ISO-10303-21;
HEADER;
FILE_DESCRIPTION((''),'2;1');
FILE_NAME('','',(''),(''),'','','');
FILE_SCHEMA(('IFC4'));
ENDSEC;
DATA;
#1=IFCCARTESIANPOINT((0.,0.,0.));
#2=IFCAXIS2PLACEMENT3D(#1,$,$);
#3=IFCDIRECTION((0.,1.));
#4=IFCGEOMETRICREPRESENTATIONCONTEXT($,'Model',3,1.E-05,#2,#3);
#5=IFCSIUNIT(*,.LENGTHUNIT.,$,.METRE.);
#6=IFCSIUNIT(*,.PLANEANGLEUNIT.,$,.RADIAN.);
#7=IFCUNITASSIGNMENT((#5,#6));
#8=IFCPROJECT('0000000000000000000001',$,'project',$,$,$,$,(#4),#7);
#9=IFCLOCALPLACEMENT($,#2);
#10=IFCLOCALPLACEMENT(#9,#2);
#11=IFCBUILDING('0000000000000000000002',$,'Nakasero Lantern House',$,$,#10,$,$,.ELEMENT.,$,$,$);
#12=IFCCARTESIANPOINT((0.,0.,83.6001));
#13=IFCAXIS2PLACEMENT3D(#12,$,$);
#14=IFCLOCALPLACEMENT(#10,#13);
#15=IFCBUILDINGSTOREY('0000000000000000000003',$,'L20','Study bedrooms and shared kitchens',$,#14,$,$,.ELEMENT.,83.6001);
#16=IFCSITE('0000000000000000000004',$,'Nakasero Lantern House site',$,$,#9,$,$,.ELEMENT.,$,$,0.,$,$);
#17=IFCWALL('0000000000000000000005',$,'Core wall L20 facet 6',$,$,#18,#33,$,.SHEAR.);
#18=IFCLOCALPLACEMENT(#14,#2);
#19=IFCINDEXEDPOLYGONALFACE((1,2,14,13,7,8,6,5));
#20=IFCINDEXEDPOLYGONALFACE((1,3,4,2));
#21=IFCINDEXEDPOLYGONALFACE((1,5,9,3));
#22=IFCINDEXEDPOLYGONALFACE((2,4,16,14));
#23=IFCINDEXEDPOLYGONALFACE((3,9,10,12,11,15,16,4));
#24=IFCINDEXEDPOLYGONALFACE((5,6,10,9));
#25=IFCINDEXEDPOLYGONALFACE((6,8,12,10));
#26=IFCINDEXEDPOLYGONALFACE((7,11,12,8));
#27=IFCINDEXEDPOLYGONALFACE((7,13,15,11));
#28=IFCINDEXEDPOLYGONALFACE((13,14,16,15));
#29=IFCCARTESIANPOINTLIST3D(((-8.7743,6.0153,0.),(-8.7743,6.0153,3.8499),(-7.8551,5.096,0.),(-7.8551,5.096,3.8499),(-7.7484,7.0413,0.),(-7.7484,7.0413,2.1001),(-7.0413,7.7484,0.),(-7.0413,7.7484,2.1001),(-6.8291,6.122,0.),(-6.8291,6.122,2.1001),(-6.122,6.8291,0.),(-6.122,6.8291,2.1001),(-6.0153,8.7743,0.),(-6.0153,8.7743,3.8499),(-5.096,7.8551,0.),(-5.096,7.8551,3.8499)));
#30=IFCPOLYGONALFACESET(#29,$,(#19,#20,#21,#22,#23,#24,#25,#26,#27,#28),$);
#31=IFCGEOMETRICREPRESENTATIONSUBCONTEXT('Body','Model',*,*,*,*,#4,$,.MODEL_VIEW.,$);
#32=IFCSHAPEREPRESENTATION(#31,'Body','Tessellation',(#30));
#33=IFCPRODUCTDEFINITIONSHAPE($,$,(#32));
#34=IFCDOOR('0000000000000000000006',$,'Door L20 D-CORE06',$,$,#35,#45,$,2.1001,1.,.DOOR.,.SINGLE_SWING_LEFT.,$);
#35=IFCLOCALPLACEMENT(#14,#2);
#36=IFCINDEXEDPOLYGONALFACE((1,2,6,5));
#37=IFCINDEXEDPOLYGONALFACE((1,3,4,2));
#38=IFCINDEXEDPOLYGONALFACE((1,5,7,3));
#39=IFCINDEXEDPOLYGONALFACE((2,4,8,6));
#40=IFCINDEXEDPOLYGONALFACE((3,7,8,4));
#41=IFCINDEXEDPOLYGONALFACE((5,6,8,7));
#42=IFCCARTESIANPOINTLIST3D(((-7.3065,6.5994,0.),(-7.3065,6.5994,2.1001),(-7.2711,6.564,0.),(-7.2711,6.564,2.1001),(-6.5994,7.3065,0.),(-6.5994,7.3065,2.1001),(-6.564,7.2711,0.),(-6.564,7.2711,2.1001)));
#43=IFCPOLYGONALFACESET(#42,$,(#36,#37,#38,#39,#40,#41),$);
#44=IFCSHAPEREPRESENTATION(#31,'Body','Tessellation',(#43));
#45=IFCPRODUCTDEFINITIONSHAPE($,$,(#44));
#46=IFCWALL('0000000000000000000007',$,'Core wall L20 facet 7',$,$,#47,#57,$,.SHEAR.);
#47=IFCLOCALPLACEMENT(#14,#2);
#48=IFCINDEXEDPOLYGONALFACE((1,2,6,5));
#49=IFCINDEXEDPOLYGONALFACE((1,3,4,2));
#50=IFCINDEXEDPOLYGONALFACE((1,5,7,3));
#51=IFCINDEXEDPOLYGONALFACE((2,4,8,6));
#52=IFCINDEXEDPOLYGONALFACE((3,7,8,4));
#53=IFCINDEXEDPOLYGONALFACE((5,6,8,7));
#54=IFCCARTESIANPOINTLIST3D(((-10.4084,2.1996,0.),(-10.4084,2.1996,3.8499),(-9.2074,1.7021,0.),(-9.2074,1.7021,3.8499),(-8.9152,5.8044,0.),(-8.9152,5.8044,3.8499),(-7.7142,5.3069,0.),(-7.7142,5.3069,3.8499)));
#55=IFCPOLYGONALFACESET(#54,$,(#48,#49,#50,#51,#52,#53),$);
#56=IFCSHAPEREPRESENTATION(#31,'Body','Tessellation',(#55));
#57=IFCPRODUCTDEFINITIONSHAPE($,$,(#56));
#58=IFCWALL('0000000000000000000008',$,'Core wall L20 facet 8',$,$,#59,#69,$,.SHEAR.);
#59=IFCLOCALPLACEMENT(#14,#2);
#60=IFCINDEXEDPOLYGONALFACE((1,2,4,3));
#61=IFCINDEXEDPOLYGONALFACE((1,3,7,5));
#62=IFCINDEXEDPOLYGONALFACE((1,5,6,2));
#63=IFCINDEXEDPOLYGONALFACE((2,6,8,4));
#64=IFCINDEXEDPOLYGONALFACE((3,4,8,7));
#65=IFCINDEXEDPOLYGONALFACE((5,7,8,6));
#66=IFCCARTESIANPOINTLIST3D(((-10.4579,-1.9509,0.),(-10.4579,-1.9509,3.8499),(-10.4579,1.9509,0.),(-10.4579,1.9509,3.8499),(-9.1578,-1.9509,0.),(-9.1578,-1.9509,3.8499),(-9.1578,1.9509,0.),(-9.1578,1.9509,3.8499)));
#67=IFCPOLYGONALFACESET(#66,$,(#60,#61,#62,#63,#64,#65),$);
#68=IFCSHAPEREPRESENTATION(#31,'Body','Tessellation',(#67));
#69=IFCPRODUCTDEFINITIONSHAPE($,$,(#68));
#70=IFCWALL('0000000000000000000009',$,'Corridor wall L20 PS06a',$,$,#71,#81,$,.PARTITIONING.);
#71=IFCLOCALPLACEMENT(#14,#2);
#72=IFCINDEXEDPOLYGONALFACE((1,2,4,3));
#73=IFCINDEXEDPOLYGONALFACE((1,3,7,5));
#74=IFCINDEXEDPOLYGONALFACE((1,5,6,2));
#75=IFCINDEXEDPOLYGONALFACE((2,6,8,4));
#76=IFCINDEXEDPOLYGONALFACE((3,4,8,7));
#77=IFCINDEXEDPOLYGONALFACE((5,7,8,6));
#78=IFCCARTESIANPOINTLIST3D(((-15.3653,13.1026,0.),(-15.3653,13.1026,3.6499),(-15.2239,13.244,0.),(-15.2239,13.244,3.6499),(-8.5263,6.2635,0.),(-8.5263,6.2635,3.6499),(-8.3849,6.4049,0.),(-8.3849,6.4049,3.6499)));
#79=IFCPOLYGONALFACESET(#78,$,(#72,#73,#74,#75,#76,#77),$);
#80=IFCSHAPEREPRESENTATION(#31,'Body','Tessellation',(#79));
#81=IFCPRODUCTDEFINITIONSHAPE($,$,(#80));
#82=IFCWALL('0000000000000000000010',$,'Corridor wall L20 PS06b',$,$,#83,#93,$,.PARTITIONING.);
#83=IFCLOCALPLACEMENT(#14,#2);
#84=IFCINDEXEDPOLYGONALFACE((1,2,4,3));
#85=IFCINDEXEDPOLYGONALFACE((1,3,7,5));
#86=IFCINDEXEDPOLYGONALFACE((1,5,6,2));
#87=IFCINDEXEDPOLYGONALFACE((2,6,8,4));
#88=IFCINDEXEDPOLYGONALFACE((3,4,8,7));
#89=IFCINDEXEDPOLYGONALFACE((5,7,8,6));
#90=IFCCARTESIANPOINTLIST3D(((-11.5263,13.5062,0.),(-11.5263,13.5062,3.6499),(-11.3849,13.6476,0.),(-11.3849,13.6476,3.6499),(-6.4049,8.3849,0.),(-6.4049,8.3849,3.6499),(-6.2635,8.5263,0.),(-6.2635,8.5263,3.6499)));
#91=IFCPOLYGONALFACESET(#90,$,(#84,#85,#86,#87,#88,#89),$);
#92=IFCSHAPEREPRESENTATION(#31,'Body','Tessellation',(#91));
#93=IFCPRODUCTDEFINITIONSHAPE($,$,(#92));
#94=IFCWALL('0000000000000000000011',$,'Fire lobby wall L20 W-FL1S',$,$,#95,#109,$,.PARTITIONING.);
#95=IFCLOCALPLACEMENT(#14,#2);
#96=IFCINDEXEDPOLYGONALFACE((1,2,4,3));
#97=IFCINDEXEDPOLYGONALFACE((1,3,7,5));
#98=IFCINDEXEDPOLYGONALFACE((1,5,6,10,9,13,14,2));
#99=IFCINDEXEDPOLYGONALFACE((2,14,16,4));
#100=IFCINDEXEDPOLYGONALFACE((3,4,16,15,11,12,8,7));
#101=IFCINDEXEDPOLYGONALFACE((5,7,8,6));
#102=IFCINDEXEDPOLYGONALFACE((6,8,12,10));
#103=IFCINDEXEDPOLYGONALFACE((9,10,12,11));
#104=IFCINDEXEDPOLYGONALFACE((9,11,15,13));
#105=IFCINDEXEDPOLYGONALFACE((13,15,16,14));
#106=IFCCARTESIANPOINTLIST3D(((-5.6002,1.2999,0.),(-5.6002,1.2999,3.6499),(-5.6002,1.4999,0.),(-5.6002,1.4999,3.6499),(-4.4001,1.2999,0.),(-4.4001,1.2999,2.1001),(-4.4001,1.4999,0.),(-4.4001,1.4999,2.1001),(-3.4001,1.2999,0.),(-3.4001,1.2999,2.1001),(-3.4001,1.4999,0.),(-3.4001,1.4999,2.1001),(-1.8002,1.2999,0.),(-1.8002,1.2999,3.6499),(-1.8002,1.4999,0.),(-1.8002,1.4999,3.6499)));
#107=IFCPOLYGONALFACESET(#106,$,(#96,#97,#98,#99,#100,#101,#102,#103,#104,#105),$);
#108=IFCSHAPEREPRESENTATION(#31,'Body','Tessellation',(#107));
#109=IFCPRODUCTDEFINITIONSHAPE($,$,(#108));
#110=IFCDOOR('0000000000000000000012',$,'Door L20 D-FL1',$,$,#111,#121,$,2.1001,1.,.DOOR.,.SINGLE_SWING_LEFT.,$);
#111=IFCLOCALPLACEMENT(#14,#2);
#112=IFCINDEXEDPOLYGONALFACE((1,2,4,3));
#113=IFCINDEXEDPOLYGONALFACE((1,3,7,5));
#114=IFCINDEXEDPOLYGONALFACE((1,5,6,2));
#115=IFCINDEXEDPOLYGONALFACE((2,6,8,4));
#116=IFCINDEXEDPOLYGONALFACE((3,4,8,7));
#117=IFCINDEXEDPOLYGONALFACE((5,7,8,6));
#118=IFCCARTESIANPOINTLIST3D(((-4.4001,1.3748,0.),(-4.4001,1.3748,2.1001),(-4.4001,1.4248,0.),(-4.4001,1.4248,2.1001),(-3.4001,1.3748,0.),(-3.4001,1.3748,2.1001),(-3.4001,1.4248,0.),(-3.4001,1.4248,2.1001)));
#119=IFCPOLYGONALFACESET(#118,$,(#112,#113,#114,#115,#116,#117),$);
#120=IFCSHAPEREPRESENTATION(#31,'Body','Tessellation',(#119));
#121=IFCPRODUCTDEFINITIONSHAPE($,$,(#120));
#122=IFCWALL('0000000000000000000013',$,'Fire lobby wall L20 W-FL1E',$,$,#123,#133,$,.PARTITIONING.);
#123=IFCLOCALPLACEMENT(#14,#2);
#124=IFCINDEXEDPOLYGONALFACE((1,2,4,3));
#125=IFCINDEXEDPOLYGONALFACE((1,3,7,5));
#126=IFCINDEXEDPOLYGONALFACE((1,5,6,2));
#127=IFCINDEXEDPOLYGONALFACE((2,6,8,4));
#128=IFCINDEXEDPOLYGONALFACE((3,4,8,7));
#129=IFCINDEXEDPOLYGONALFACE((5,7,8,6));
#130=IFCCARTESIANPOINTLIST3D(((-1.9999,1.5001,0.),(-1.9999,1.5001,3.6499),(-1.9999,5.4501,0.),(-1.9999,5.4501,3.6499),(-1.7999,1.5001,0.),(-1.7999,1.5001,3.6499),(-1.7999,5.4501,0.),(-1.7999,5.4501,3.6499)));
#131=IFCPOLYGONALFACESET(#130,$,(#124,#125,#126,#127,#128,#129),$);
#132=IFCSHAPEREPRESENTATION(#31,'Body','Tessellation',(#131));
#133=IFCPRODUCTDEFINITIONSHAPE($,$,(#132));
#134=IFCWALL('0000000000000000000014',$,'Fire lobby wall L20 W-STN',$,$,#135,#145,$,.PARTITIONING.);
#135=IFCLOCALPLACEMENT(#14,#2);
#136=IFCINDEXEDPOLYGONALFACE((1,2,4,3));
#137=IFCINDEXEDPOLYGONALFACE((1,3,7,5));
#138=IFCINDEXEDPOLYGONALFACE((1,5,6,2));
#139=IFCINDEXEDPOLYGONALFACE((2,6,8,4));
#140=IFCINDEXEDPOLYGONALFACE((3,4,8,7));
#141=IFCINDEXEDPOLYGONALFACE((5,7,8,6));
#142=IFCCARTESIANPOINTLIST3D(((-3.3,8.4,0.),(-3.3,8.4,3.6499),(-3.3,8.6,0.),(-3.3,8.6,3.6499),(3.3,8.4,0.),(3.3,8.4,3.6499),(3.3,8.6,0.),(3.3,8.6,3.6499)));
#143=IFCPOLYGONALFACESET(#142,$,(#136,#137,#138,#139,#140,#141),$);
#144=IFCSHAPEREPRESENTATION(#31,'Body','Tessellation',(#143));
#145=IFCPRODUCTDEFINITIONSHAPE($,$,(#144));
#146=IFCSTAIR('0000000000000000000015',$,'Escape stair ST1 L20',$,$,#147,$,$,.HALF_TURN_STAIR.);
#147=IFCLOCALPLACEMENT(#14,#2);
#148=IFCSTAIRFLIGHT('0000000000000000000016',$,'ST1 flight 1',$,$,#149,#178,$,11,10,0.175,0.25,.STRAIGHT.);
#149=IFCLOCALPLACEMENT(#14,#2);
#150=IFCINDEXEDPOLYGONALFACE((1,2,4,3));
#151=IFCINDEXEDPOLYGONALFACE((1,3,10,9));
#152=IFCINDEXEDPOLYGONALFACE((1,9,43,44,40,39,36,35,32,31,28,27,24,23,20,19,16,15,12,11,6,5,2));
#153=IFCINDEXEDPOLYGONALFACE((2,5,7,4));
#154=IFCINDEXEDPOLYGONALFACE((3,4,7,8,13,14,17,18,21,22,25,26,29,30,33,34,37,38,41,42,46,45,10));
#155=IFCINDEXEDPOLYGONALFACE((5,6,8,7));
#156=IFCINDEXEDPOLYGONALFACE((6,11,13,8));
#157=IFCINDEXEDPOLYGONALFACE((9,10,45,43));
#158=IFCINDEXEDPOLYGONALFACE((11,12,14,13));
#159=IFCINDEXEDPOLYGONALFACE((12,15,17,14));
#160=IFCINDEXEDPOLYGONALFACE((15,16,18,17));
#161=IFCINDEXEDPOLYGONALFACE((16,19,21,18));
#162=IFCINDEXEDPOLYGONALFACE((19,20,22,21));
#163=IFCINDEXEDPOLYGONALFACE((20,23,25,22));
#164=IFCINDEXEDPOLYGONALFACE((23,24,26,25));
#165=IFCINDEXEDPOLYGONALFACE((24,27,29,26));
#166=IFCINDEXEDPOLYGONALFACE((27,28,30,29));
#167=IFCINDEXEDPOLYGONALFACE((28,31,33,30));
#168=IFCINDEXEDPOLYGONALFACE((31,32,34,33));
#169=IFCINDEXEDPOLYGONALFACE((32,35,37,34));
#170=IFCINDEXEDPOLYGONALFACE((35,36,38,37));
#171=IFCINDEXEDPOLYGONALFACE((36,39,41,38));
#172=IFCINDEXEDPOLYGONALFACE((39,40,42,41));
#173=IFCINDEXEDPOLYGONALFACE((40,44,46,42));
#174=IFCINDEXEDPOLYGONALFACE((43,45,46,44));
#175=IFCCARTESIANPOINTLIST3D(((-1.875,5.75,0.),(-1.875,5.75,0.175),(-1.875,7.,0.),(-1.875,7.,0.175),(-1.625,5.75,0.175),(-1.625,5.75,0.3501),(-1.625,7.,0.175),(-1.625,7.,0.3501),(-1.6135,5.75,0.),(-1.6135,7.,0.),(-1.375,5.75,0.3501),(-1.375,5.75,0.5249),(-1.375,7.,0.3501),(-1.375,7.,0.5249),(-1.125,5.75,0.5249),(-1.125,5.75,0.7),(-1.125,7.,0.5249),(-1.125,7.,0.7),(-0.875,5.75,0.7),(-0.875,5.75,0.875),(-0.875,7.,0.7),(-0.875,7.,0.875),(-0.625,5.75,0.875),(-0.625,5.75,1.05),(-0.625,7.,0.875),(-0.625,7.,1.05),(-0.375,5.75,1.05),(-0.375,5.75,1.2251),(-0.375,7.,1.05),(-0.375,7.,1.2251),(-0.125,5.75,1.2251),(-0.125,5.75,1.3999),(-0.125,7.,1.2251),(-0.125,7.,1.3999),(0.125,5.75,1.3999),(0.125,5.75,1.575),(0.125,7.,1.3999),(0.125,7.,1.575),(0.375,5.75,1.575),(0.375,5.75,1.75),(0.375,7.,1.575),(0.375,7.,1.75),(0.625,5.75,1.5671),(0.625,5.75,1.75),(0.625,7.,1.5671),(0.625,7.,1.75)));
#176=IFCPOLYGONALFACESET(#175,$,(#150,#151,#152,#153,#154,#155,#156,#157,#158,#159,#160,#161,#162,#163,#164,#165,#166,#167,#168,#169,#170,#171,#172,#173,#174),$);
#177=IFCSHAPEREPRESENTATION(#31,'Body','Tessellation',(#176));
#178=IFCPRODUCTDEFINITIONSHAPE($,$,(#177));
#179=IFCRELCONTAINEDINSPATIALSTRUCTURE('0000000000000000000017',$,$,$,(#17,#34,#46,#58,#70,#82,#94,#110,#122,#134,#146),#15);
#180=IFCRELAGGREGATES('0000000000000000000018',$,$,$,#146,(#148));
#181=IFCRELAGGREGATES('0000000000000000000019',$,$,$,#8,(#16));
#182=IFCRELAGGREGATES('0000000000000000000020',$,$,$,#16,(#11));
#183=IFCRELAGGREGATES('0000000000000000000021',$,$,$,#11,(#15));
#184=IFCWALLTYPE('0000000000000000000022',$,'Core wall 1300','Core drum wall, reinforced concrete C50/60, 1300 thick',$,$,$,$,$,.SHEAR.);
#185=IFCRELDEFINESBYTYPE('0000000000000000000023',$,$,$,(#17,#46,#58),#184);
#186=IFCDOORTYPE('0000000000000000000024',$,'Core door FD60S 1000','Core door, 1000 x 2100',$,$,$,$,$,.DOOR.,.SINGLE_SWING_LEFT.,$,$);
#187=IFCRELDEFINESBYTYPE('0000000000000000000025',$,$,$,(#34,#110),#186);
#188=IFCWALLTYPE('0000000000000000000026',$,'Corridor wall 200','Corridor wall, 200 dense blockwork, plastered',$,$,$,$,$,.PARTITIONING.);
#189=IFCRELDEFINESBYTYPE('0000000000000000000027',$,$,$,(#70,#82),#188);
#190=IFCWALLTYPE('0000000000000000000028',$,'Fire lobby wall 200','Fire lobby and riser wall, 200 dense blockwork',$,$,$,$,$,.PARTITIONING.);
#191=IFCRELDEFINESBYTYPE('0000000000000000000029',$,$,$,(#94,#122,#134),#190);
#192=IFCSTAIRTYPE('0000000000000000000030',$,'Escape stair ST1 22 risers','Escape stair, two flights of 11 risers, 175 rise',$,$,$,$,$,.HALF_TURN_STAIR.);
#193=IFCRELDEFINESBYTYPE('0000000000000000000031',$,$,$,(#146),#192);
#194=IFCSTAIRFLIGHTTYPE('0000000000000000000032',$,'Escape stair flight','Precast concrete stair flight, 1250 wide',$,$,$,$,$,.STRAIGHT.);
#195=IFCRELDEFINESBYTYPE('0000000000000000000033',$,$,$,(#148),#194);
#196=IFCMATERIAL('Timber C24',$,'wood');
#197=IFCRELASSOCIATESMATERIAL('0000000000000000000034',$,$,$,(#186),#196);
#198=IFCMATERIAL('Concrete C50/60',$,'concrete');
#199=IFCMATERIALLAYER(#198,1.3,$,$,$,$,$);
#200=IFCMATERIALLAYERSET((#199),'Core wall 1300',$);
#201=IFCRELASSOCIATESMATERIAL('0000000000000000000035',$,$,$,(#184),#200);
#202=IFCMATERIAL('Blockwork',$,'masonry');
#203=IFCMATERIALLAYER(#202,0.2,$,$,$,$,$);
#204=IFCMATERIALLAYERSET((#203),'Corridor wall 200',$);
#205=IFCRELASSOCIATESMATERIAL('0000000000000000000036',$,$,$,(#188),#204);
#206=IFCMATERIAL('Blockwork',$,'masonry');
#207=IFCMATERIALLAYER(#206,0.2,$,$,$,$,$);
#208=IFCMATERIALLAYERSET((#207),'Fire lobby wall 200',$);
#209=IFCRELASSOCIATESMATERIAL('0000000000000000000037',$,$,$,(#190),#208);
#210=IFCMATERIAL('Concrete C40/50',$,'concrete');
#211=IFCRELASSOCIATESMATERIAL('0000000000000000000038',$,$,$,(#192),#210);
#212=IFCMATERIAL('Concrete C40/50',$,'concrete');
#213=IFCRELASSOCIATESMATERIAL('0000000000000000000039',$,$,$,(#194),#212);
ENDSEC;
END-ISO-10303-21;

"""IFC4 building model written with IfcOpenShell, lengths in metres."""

from ifc_helpers import new_model, si_unit, direction, frame, frame_2d, origin, place, context, subcontext, project, spatial, polyline, rectangle, outline, extrude, material, layer, layer_set, type_object, element, fill, aggregate, save


model = new_model("IFC4")

# Units and contexts
model_context = context("Model", 3, precision=1e-05, world=origin(), true_north=direction((0.0, 1.0)))
body_context = subcontext(model_context, "Body", "Model", "MODEL_VIEW")
ifc_project = project(units=[si_unit("LENGTHUNIT", "METRE"), si_unit("PLANEANGLEUNIT", "RADIAN")], contexts=[model_context])

# Site, building, storey
site_placement = place(None, origin())
site = spatial("IfcSite", under=ifc_project, at=site_placement, Name="Nakasero Lantern House site", CompositionType="ELEMENT", RefElevation=0.0)
building_placement = place(site_placement, origin())
building = spatial("IfcBuilding", under=site, at=building_placement, Name="Nakasero Lantern House", CompositionType="ELEMENT")
storey_placement = place(building_placement, frame((0.0, 0.0, 83.6001)))
storey = spatial("IfcBuildingStorey", under=building, at=storey_placement, Name="L20", Description="Study bedrooms and shared kitchens", CompositionType="ELEMENT", Elevation=83.6001)

# Shared definitions
ifc_material_1 = material(Name="Timber C24", Category="wood")
door_type_1 = type_object("IfcDoorType", Name="Core door FD60S 1000", Description="Core door, 1000 x 2100", OperationType="SINGLE_SWING_LEFT", PredefinedType="DOOR", material=ifc_material_1)

# Shared definitions
ifc_material_2 = material(Name="Concrete C50/60", Category="concrete")
ifc_layer_1 = layer(ifc_material_2, 1.3)
ifc_layer_set_1 = layer_set([ifc_layer_1], Name="Core wall 1300")
wall_type_1 = type_object("IfcWallType", Name="Core wall 1300", Description="Core drum wall, reinforced concrete C50/60, 1300 thick", PredefinedType="SHEAR", material=ifc_layer_set_1)

# Wall, opening, door
wall_1_placement = place(storey_placement, frame((-5.5557, 8.3147, 0.0), z_axis=(0.0, 0.0, 1.0), x_axis=(-0.707107, -0.707107, 0.0)))
wall_1 = element("IfcWall", 1, at=wall_1_placement, inside=storey, type_object=wall_type_1, Name="Core wall L20 facet 6", PredefinedType="SHEAR", context=body_context, shape_type="SweptSolid", body=[
    extrude(rectangle(XDim=3.9019, YDim=1.3, at=frame_2d((1.9509, 0.0))), origin(), (0.0, 0.0, 1.0), 3.8499),
])
opening_1_placement = place(wall_1_placement, frame((1.4509, 0.0, 0.0)))
opening_1 = element("IfcOpeningElement", 2, at=opening_1_placement, cuts=wall_1, PredefinedType="OPENING", context=body_context, shape_type="SweptSolid", body=[
    extrude(rectangle(XDim=1.0, YDim=2.1001, at=frame_2d((0.5, 1.05))), frame((0.0, 0.6699, 0.0), z_axis=(0.0, -1.0, 0.0), x_axis=(1.0, 0.0, 0.0)), (0.0, 0.0, 1.0), 1.3401),
])
door_1_placement = place(opening_1_placement, origin())
door_1 = element("IfcDoor", 3, at=door_1_placement, inside=storey, type_object=door_type_1, Name="Door L20 D-CORE06", OperationType="SINGLE_SWING_LEFT", OverallHeight=2.1001, OverallWidth=1.0, PredefinedType="DOOR", context=body_context, shape_type="SweptSolid", body=[
    extrude(rectangle(XDim=1.0, YDim=2.1001, at=frame_2d((0.5, 1.05))), frame((0.0, 0.0249, 0.0), z_axis=(0.0, -1.0, 0.0), x_axis=(1.0, 0.0, 0.0)), (0.0, 0.0, 1.0), 0.05),
])
fill(opening_1, door_1)

# Walls
for number, where, z_axis, x_axis, name in (
    (4, (-8.3147, 5.5557, 0.0), (0.0, 0.0, 1.0), (-0.382691, -0.923877, 0.0), "Core wall L20 facet 7"),
    (5, (-9.8079, 1.9509, 0.0), (0.0, 0.0, 1.0), (0.0, -1.0, 0.0), "Core wall L20 facet 8"),
):
    element("IfcWall", number, at=place(storey_placement, frame(where, z_axis=z_axis, x_axis=x_axis)), inside=storey, type_object=wall_type_1, Name=name, PredefinedType="SHEAR", context=body_context, shape_type="SweptSolid", body=[
        extrude(rectangle(XDim=3.9019, YDim=1.3, at=frame_2d((1.9509, 0.0))), origin(), (0.0, 0.0, 1.0), 3.8499),
    ])
ifc_material_3 = material(Name="Blockwork", Category="masonry")
ifc_layer_2 = layer(ifc_material_3, 0.2)
ifc_layer_set_2 = layer_set([ifc_layer_2], Name="Corridor wall 200")
wall_type_2 = type_object("IfcWallType", Name="Corridor wall 200", Description="Corridor wall, 200 dense blockwork, plastered", PredefinedType="PARTITIONING", material=ifc_layer_set_2)
wall_2_placement = place(storey_placement, frame((-8.4556, 6.3342, 0.0), z_axis=(0.0, 0.0, 1.0), x_axis=(-0.707107, 0.707107, 0.0)))
element("IfcWall", 6, at=wall_2_placement, inside=storey, type_object=wall_type_2, Name="Corridor wall L20 PS06a", PredefinedType="PARTITIONING", context=body_context, shape_type="SweptSolid", body=[
    extrude(rectangle(XDim=9.6719, YDim=0.2, at=frame_2d((4.8359, 0.0))), origin(), (0.0, 0.0, 1.0), 3.6499),
])
wall_3_placement = place(storey_placement, frame((-6.3342, 8.4556, 0.0), z_axis=(0.0, 0.0, 1.0), x_axis=(-0.707107, 0.707107, 0.0)))
element("IfcWall", 7, at=wall_3_placement, inside=storey, type_object=wall_type_2, Name="Corridor wall L20 PS06b", PredefinedType="PARTITIONING", context=body_context, shape_type="SweptSolid", body=[
    extrude(rectangle(XDim=7.2427, YDim=0.2, at=frame_2d((3.6213, 0.0))), origin(), (0.0, 0.0, 1.0), 3.6499),
])

# Wall, opening, door
ifc_material_4 = material(Name="Blockwork", Category="masonry")
ifc_layer_3 = layer(ifc_material_4, 0.2)
ifc_layer_set_3 = layer_set([ifc_layer_3], Name="Fire lobby wall 200")
wall_type_3 = type_object("IfcWallType", Name="Fire lobby wall 200", Description="Fire lobby and riser wall, 200 dense blockwork", PredefinedType="PARTITIONING", material=ifc_layer_set_3)
wall_4_placement = place(storey_placement, frame((-5.6001, 1.3999, 0.0), z_axis=(0.0, 0.0, 1.0), x_axis=(1.0, 0.0, 0.0)))
wall_4 = element("IfcWall", 8, at=wall_4_placement, inside=storey, type_object=wall_type_3, Name="Fire lobby wall L20 W-FL1S", PredefinedType="PARTITIONING", context=body_context, shape_type="SweptSolid", body=[
    extrude(rectangle(XDim=3.8, YDim=0.2, at=frame_2d((1.8999, 0.0))), origin(), (0.0, 0.0, 1.0), 3.6499),
])
opening_2_placement = place(wall_4_placement, frame((1.2, 0.0, 0.0)))
opening_2 = element("IfcOpeningElement", 9, at=opening_2_placement, cuts=wall_4, PredefinedType="OPENING", context=body_context, shape_type="SweptSolid", body=[
    extrude(rectangle(XDim=1.0, YDim=2.1001, at=frame_2d((0.5, 1.05))), frame((0.0, 0.1199, 0.0), z_axis=(0.0, -1.0, 0.0), x_axis=(1.0, 0.0, 0.0)), (0.0, 0.0, 1.0), 0.24),
])
door_2_placement = place(opening_2_placement, origin())
door_2 = element("IfcDoor", 10, at=door_2_placement, inside=storey, type_object=door_type_1, Name="Door L20 D-FL1", OperationType="SINGLE_SWING_LEFT", OverallHeight=2.1001, OverallWidth=1.0, PredefinedType="DOOR", context=body_context, shape_type="SweptSolid", body=[
    extrude(rectangle(XDim=1.0, YDim=2.1001, at=frame_2d((0.5, 1.05))), frame((0.0, 0.0249, 0.0), z_axis=(0.0, -1.0, 0.0), x_axis=(1.0, 0.0, 0.0)), (0.0, 0.0, 1.0), 0.05),
])
fill(opening_2, door_2)

# Walls
wall_5_placement = place(storey_placement, frame((-1.8999, 1.5, 0.0), z_axis=(0.0, 0.0, 1.0), x_axis=(0.0, 1.0, 0.0)))
element("IfcWall", 11, at=wall_5_placement, inside=storey, type_object=wall_type_3, Name="Fire lobby wall L20 W-FL1E", PredefinedType="PARTITIONING", context=body_context, shape_type="SweptSolid", body=[
    extrude(rectangle(XDim=3.95, YDim=0.2, at=frame_2d((1.9751, 0.0))), origin(), (0.0, 0.0, 1.0), 3.6499),
])
wall_6_placement = place(storey_placement, frame((-3.3, 8.5, 0.0), z_axis=(0.0, 0.0, 1.0), x_axis=(1.0, 0.0, 0.0)))
element("IfcWall", 12, at=wall_6_placement, inside=storey, type_object=wall_type_3, Name="Fire lobby wall L20 W-STN", PredefinedType="PARTITIONING", context=body_context, shape_type="SweptSolid", body=[
    extrude(rectangle(XDim=6.6001, YDim=0.2, at=frame_2d((3.3, 0.0))), origin(), (0.0, 0.0, 1.0), 3.6499),
])

# Stair, stair flight
ifc_material_5 = material(Name="Concrete C40/50", Category="concrete")
stair_type = type_object("IfcStairType", Name="Escape stair ST1 22 risers", Description="Escape stair, two flights of 11 risers, 175 rise", PredefinedType="HALF_TURN_STAIR", material=ifc_material_5)
stair_placement = place(storey_placement, origin())
stair = element("IfcStair", 13, at=stair_placement, inside=storey, type_object=stair_type, Name="Escape stair ST1 L20", PredefinedType="HALF_TURN_STAIR")
ifc_material_6 = material(Name="Concrete C40/50", Category="concrete")
stair_flight_type = type_object("IfcStairFlightType", Name="Escape stair flight", Description="Precast concrete stair flight, 1250 wide", PredefinedType="STRAIGHT", material=ifc_material_6)
stair_flight_placement = place(storey_placement, frame((-1.875, 6.375, 0.0), z_axis=(0.0, 0.0, 1.0), x_axis=(1.0, 0.0, 0.0)))
stair_flight = element("IfcStairFlight", 14, at=stair_flight_placement, type_object=stair_flight_type, Name="ST1 flight 1", NumberOfRisers=11, NumberOfTreads=10, PredefinedType="STRAIGHT", RiserHeight=0.175, TreadLength=0.25, context=body_context, shape_type="SweptSolid", body=[
    extrude(outline(polyline([(0.0, 0.0), (0.0, 0.175), (0.25, 0.175), (0.25, 0.3501), (0.5, 0.3501), (0.5, 0.5249), (0.75, 0.5249), (0.75, 0.7), (1.0, 0.7), (1.0, 0.875), (1.25, 0.875), (1.25, 1.05), (1.5, 1.05), (1.5, 1.2251), (1.75, 1.2251), (1.75, 1.3999), (2.0, 1.3999), (2.0, 1.575), (2.25, 1.575), (2.25, 1.75), (2.5, 1.75), (2.5, 1.925), (2.5, 1.5671), (0.2615, 0.0), (0.0, 0.0)])), frame((0.0, 0.625, 0.0), z_axis=(0.0, -1.0, 0.0), x_axis=(1.0, 0.0, 0.0)), (0.0, 0.0, 1.0), 1.25),
])
aggregate(stair, [stair_flight])

save(model, "model.ifc")
